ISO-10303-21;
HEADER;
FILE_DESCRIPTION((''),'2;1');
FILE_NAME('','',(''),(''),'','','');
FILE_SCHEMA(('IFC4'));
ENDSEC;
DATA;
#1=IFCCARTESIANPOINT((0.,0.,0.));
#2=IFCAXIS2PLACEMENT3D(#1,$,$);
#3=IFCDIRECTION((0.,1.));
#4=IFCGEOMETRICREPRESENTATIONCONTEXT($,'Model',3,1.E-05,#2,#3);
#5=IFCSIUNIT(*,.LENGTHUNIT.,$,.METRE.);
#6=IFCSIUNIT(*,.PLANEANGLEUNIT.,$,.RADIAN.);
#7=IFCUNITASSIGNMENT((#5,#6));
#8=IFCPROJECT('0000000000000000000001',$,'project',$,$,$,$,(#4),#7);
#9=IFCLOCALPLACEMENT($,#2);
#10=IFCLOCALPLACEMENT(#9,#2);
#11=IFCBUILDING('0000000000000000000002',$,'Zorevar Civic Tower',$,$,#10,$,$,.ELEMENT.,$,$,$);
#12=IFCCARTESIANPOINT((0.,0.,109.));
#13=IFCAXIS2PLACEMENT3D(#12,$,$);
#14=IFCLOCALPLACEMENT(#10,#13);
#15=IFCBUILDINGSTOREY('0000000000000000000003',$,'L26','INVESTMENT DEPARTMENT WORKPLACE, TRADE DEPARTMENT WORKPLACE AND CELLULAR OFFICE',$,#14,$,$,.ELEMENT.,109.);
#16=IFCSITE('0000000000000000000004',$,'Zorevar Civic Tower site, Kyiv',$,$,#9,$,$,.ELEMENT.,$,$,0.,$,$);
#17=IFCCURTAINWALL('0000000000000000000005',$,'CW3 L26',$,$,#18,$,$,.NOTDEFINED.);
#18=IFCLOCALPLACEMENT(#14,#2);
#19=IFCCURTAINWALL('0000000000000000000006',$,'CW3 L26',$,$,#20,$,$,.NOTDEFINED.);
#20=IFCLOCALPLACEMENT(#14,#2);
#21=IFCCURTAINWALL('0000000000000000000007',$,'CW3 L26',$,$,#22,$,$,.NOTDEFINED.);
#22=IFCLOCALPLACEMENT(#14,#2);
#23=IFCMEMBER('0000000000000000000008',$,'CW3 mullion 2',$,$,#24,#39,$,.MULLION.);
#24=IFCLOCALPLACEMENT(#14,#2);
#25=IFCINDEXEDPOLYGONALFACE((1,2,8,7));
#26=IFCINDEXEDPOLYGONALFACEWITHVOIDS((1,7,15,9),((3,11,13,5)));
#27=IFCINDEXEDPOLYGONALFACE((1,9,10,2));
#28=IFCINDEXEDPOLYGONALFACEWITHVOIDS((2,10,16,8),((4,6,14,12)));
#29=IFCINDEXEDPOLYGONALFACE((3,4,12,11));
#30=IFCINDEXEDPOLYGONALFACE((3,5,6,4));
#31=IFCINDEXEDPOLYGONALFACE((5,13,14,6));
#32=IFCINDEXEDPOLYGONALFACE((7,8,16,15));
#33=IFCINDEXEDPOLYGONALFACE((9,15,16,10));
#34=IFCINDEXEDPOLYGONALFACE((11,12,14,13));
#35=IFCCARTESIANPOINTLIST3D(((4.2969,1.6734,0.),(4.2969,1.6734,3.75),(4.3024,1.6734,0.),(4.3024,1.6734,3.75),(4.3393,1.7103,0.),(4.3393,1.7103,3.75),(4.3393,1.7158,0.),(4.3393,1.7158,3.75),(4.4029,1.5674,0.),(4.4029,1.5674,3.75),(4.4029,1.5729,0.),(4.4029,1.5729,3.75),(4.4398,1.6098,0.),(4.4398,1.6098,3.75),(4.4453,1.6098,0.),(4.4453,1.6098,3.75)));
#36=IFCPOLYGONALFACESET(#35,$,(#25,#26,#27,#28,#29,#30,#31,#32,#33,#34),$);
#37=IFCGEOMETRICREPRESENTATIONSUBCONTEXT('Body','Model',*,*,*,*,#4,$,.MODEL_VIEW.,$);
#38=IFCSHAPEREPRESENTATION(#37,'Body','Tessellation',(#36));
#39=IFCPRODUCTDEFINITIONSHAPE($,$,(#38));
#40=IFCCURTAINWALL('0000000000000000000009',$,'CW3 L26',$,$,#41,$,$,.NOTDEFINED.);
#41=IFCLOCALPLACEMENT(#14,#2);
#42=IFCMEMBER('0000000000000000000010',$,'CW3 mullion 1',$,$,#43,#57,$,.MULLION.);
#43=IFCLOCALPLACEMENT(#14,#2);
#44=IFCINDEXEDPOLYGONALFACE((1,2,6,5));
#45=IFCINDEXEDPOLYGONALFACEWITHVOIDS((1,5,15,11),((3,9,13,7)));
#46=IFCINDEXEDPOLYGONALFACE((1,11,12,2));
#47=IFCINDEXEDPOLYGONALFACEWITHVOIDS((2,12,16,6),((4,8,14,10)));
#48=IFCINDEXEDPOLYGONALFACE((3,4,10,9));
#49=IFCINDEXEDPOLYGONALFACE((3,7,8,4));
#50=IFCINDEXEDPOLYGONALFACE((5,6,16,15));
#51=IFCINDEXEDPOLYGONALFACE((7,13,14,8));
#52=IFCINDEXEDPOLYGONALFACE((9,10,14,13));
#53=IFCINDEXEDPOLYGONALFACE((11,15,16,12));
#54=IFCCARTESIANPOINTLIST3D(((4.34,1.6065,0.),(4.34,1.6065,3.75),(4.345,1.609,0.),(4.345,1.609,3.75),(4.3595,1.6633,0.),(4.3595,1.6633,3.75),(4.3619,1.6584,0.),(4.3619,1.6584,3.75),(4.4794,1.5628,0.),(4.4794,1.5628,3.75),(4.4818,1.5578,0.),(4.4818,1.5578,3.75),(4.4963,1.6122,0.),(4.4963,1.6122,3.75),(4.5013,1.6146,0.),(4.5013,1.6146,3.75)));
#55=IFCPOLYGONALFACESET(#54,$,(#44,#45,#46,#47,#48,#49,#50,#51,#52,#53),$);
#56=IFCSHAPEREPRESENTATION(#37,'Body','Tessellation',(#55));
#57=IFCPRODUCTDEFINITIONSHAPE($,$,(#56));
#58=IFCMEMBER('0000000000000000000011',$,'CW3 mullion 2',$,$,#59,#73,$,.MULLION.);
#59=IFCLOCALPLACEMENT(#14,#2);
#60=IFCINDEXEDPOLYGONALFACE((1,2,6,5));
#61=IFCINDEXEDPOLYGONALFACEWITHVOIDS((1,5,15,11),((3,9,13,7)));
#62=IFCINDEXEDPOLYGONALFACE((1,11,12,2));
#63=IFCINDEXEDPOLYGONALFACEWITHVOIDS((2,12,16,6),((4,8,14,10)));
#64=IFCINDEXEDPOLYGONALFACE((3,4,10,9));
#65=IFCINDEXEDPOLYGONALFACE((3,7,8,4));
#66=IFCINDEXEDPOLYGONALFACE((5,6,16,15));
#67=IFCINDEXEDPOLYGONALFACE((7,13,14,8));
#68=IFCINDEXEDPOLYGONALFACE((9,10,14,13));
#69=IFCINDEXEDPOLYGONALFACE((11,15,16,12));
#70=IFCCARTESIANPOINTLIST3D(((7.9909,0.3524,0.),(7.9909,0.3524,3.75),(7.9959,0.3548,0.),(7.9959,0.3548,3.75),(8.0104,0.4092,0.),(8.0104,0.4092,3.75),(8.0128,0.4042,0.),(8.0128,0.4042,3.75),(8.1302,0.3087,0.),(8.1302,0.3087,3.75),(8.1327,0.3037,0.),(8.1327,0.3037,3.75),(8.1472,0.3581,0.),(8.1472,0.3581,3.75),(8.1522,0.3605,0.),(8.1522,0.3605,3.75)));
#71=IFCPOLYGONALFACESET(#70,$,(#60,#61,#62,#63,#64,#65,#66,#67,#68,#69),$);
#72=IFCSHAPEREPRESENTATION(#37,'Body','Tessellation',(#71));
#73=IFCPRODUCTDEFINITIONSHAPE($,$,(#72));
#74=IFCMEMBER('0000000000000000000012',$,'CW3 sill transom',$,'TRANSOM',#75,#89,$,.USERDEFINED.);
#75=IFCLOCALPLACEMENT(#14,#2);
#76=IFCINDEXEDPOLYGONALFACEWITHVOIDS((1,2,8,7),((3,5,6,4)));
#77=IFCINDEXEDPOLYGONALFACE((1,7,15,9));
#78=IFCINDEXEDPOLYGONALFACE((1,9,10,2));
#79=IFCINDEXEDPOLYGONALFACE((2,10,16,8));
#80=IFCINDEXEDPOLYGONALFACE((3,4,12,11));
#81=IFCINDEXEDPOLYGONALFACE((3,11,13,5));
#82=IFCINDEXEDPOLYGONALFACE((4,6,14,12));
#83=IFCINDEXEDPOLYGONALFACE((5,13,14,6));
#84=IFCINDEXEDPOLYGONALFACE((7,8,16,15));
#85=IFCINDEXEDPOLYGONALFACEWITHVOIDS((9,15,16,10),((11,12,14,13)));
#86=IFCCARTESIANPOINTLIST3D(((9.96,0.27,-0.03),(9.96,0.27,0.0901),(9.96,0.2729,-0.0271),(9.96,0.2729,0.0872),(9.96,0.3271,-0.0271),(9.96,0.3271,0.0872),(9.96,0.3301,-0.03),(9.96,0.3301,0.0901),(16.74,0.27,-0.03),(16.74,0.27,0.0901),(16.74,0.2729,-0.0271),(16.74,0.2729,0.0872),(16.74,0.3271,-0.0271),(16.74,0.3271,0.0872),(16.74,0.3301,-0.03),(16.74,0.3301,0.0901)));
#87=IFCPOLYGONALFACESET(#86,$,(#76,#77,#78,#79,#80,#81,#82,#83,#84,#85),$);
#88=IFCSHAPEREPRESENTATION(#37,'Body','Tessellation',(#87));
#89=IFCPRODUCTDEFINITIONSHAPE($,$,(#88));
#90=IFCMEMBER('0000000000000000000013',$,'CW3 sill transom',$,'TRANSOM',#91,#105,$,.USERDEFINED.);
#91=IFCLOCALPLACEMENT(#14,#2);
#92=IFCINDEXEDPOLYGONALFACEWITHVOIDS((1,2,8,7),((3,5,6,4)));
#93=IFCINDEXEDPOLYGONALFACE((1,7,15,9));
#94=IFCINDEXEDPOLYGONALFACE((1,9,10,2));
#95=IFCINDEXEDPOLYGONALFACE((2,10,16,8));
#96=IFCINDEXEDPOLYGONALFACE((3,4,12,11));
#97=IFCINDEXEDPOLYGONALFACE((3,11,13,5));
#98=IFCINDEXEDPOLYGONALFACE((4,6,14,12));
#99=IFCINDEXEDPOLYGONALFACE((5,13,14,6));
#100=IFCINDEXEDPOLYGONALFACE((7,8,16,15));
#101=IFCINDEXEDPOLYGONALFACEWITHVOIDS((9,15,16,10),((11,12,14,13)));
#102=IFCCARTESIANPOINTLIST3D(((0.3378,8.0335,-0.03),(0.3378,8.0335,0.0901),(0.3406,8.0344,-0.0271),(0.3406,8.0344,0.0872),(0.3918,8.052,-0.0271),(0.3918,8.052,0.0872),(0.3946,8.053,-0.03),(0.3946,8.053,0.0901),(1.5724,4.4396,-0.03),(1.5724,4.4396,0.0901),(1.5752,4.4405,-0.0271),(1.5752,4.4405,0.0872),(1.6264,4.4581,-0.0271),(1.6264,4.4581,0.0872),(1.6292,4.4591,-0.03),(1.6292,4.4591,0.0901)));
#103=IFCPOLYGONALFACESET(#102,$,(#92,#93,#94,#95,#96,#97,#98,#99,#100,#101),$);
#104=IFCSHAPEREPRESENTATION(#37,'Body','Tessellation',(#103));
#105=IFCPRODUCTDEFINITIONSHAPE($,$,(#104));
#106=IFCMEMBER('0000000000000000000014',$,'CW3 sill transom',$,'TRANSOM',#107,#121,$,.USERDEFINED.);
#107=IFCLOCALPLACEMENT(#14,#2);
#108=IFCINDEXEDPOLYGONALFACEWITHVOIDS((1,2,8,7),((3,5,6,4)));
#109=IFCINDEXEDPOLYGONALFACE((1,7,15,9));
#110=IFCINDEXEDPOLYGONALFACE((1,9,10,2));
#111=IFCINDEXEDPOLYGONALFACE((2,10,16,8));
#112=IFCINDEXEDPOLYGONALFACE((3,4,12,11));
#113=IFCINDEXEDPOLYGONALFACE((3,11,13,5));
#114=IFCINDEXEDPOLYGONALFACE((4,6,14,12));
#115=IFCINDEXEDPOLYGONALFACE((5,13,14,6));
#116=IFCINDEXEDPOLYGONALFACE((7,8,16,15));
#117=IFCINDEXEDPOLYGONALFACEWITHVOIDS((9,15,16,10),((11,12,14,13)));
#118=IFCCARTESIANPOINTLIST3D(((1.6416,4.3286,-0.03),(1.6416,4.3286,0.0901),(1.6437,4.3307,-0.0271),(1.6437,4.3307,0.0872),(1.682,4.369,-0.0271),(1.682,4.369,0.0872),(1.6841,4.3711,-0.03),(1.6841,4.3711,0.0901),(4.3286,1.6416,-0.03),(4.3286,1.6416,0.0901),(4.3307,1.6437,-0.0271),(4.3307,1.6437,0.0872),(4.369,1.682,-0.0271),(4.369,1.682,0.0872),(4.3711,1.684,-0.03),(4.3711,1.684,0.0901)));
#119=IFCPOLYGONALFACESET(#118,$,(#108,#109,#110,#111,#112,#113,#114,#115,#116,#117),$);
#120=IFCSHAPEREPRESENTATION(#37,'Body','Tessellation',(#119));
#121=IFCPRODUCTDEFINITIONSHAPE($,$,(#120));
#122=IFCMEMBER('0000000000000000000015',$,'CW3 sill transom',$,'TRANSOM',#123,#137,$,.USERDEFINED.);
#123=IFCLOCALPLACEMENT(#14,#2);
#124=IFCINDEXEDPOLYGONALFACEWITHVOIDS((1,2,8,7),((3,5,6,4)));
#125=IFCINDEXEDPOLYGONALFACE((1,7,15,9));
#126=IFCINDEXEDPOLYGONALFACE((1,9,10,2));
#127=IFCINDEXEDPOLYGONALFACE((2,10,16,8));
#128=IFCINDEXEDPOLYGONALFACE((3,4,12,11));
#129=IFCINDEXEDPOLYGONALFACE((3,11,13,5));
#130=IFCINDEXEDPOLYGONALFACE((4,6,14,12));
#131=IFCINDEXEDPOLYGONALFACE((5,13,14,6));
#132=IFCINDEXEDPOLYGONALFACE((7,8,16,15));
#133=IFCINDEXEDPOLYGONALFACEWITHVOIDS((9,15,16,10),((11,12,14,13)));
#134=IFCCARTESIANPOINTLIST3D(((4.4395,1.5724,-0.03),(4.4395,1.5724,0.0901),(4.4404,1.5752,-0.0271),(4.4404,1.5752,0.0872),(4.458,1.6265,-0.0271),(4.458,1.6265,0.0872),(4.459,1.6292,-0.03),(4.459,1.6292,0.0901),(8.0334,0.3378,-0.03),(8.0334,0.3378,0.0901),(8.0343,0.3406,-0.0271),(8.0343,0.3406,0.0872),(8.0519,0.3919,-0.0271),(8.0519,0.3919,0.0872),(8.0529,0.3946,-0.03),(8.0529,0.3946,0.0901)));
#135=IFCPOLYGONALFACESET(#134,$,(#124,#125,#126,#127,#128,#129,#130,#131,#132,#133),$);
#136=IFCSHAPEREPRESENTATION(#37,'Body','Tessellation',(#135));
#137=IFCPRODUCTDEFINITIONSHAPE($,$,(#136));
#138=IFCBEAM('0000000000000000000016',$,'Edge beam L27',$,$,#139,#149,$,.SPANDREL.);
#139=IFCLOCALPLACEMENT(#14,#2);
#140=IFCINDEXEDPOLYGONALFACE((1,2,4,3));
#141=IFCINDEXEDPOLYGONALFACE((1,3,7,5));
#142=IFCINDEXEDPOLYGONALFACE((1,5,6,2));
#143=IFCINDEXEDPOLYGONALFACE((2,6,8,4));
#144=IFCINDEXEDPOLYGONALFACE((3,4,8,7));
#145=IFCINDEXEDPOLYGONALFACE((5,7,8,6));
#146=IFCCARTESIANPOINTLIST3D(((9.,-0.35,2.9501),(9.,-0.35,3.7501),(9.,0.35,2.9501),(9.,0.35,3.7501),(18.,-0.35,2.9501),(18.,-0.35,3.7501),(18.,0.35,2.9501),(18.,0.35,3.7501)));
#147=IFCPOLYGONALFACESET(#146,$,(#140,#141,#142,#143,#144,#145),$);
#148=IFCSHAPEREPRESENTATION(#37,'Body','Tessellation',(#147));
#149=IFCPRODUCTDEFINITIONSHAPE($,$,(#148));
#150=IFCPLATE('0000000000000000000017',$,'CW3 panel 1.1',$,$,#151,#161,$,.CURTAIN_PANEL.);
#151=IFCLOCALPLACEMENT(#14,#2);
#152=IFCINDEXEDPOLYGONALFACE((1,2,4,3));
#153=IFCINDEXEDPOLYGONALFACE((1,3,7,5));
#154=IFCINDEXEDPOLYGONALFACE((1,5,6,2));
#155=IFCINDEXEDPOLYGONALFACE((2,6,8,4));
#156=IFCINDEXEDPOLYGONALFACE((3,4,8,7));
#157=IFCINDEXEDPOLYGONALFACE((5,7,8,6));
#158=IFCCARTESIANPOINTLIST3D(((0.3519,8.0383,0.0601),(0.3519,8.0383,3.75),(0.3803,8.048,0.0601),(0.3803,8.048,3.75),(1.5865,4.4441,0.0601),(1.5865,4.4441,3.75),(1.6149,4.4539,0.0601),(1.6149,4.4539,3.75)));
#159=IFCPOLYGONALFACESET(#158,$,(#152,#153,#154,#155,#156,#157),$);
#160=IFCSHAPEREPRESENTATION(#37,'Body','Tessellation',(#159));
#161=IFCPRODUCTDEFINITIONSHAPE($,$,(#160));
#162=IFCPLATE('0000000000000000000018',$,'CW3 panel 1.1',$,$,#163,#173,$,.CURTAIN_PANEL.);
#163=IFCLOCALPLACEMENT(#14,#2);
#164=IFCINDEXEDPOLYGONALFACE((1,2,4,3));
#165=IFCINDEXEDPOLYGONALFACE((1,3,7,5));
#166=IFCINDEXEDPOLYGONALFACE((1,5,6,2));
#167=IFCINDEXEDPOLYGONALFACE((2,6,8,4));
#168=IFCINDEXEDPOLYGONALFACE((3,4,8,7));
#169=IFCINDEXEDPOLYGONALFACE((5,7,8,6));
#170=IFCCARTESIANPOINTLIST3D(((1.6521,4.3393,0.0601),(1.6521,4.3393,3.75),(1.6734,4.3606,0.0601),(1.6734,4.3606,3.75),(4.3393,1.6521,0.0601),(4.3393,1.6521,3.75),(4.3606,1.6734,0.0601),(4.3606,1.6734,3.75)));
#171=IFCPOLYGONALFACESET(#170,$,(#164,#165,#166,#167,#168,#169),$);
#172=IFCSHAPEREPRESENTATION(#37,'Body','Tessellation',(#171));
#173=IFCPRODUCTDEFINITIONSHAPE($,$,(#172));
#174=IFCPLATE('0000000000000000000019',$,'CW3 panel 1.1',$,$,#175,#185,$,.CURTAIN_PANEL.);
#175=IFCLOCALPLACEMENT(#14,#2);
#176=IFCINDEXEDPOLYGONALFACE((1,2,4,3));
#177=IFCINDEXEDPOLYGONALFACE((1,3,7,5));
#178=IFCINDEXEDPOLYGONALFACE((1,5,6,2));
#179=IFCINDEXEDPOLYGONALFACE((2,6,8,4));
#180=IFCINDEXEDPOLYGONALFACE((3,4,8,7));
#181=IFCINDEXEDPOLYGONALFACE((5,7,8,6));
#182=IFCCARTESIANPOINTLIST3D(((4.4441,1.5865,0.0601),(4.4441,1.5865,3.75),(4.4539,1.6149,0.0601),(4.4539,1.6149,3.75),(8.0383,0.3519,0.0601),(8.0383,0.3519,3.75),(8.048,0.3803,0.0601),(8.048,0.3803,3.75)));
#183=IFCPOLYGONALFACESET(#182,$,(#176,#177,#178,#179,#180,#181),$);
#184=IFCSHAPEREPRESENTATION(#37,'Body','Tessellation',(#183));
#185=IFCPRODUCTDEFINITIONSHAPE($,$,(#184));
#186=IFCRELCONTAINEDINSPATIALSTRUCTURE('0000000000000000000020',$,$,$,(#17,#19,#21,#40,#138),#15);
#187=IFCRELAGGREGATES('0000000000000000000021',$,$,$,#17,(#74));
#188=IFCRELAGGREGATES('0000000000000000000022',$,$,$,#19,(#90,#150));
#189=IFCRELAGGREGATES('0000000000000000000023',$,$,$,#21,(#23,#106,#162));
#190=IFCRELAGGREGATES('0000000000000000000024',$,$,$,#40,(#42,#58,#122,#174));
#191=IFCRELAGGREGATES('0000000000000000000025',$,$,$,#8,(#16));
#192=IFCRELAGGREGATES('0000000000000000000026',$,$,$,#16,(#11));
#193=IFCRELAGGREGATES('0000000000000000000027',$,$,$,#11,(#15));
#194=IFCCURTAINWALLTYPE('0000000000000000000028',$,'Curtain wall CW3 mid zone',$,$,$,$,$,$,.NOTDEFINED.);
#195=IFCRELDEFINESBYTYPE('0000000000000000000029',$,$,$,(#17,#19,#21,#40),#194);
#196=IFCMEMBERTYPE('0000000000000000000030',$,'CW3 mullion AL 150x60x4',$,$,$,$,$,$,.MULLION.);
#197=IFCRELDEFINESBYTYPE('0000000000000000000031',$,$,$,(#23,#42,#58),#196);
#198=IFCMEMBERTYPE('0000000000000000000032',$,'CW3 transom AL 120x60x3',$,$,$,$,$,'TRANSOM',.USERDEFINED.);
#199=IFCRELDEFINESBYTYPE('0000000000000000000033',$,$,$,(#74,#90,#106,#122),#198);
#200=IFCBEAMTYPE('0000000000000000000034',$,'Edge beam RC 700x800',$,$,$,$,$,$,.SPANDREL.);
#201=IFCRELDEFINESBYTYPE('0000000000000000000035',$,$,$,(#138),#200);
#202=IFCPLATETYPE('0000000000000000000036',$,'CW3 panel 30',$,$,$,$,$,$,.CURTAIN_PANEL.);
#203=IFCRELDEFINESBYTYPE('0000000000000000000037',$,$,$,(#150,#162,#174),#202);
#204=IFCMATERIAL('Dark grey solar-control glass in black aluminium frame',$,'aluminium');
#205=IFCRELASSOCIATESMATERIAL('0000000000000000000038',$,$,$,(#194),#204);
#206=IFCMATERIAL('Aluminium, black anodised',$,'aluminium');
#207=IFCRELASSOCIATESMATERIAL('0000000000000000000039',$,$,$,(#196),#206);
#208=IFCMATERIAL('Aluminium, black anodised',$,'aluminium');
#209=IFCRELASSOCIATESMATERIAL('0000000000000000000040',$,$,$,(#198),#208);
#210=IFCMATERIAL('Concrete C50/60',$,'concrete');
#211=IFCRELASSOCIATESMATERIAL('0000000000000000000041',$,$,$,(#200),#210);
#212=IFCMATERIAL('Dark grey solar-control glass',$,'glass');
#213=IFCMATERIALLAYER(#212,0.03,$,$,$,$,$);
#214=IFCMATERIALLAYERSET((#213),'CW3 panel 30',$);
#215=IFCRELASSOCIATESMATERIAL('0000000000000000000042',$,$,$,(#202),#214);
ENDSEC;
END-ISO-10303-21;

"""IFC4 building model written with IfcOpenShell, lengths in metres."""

from ifc_helpers import new_model, si_unit, direction, frame, origin, origin_2d, place, context, subcontext, project, spatial, rectangle, hollow_rectangle, extrude, material, layer, layer_set, material_profile, profile_set, type_object, element, aggregate, save


model = new_model("IFC4")

# Units and contexts
model_context = context("Model", 3, precision=1e-05, world=origin(), true_north=direction((0.0, 1.0)))
body_context = subcontext(model_context, "Body", "Model", "MODEL_VIEW")
ifc_project = project(units=[si_unit("LENGTHUNIT", "METRE"), si_unit("PLANEANGLEUNIT", "RADIAN")], contexts=[model_context])

# Site, building, storey
site_placement = place(None, origin())
site = spatial("IfcSite", under=ifc_project, at=site_placement, Name="Zorevar Civic Tower site, Kyiv", CompositionType="ELEMENT", RefElevation=0.0)
building_placement = place(site_placement, origin())
building = spatial("IfcBuilding", under=site, at=building_placement, Name="Zorevar Civic Tower", CompositionType="ELEMENT")
storey_placement = place(building_placement, frame((0.0, 0.0, 109.0)))
storey = spatial("IfcBuildingStorey", under=building, at=storey_placement, Name="L26", Description="INVESTMENT DEPARTMENT WORKPLACE, TRADE DEPARTMENT WORKPLACE AND CELLULAR OFFICE", CompositionType="ELEMENT", Elevation=109.0)

# Curtain wall
ifc_material_1 = material(Name="Dark grey solar-control glass in black aluminium frame", Category="aluminium")
curtain_wall_type = type_object("IfcCurtainWallType", Name="Curtain wall CW3 mid zone", PredefinedType="NOTDEFINED", material=ifc_material_1)
curtain_wall_1_placement = place(storey_placement, origin())
curtain_wall_1 = element("IfcCurtainWall", 1, at=curtain_wall_1_placement, inside=storey, type_object=curtain_wall_type, Name="CW3 L26", PredefinedType="NOTDEFINED")
ifc_material_2 = material(Name="Aluminium, black anodised", Category="aluminium")
ifc_material_profile_1 = material_profile(ifc_material_2, hollow_rectangle(XDim=0.0601, YDim=0.1499, WallThickness=0.0039, at=origin_2d()), Name="AL 150x60x4")
ifc_profile_set_1 = profile_set([ifc_material_profile_1], Name="Aluminium, black anodised")
member_type_1 = type_object("IfcMemberType", Name="CW3 mullion AL 150x60x4", PredefinedType="MULLION", material=ifc_profile_set_1)

# Curtain walls, members
curtain_wall_2_placement = place(storey_placement, origin())
curtain_wall_2 = element("IfcCurtainWall", 2, at=curtain_wall_2_placement, inside=storey, type_object=curtain_wall_type, Name="CW3 L26", PredefinedType="NOTDEFINED")
curtain_wall_3_placement = place(storey_placement, origin())
curtain_wall_3 = element("IfcCurtainWall", 3, at=curtain_wall_3_placement, inside=storey, type_object=curtain_wall_type, Name="CW3 L26", PredefinedType="NOTDEFINED")
member_1_placement = place(storey_placement, frame((4.3711, 1.6416, 0.0), z_axis=(0.0, 0.0, 1.0), x_axis=(0.707107, 0.707107, 0.0)))
member_1 = element("IfcMember", 4, at=member_1_placement, type_object=member_type_1, Name="CW3 mullion 2", PredefinedType="MULLION", context=body_context, shape_type="SweptSolid", body=[
    extrude(hollow_rectangle(XDim=0.0601, YDim=0.1499, WallThickness=0.0039, at=origin_2d()), origin(), (0.0, 0.0, 1.0), 3.75),
])
curtain_wall_4_placement = place(storey_placement, origin())
curtain_wall_4 = element("IfcCurtainWall", 5, at=curtain_wall_4_placement, inside=storey, type_object=curtain_wall_type, Name="CW3 L26", PredefinedType="NOTDEFINED")
member_2_placement = place(storey_placement, frame((4.4207, 1.6106, 0.0), z_axis=(0.0, 0.0, 1.0), x_axis=(0.324878, 0.945756, 0.0)))
member_2 = element("IfcMember", 6, at=member_2_placement, type_object=member_type_1, Name="CW3 mullion 1", PredefinedType="MULLION", context=body_context, shape_type="SweptSolid", body=[
    extrude(hollow_rectangle(XDim=0.0601, YDim=0.1499, WallThickness=0.0039, at=origin_2d()), origin(), (0.0, 0.0, 1.0), 3.75),
])
member_3_placement = place(storey_placement, frame((8.0715, 0.3564, 0.0), z_axis=(0.0, 0.0, 1.0), x_axis=(0.324878, 0.945756, 0.0)))
member_3 = element("IfcMember", 7, at=member_3_placement, type_object=member_type_1, Name="CW3 mullion 2", PredefinedType="MULLION", context=body_context, shape_type="SweptSolid", body=[
    extrude(hollow_rectangle(XDim=0.0601, YDim=0.1499, WallThickness=0.0039, at=origin_2d()), origin(), (0.0, 0.0, 1.0), 3.75),
])

# Members
ifc_material_3 = material(Name="Aluminium, black anodised", Category="aluminium")
ifc_material_profile_2 = material_profile(ifc_material_3, hollow_rectangle(XDim=0.0601, YDim=0.1201, WallThickness=0.0029, at=origin_2d()), Name="AL 120x60x3")
ifc_profile_set_2 = profile_set([ifc_material_profile_2], Name="Aluminium, black anodised")
member_type_2 = type_object("IfcMemberType", Name="CW3 transom AL 120x60x3", ElementType="TRANSOM", PredefinedType="USERDEFINED", material=ifc_profile_set_2)
member_4_placement = place(storey_placement, frame((9.96, 0.3, 0.03), z_axis=(1.0, 0.0, 0.0), x_axis=(0.0, 1.0, 0.0)))
member_4 = element("IfcMember", 8, at=member_4_placement, type_object=member_type_2, Name="CW3 sill transom", ObjectType="TRANSOM", PredefinedType="USERDEFINED", context=body_context, shape_type="SweptSolid", body=[
    extrude(hollow_rectangle(XDim=0.0601, YDim=0.1201, WallThickness=0.0029, at=origin_2d()), origin(), (0.0, 0.0, 1.0), 6.78),
])
aggregate(curtain_wall_1, [member_4])
member_5_placement = place(storey_placement, frame((0.3662, 8.0432, 0.03), z_axis=(0.324888, -0.945753, 0.0), x_axis=(0.945753, 0.324888, 0.0)))
member_5 = element("IfcMember", 9, at=member_5_placement, type_object=member_type_2, Name="CW3 sill transom", ObjectType="TRANSOM", PredefinedType="USERDEFINED", context=body_context, shape_type="SweptSolid", body=[
    extrude(hollow_rectangle(XDim=0.0601, YDim=0.1201, WallThickness=0.0029, at=origin_2d()), origin(), (0.0, 0.0, 1.0), 3.8),
])
member_6_placement = place(storey_placement, frame((1.6628, 4.3499, 0.03), z_axis=(0.707107, -0.707107, 0.0), x_axis=(0.707107, 0.707107, 0.0)))
member_6 = element("IfcMember", 10, at=member_6_placement, type_object=member_type_2, Name="CW3 sill transom", ObjectType="TRANSOM", PredefinedType="USERDEFINED", context=body_context, shape_type="SweptSolid", body=[
    extrude(hollow_rectangle(XDim=0.0601, YDim=0.1201, WallThickness=0.0029, at=origin_2d()), origin(), (0.0, 0.0, 1.0), 3.8),
])
member_7_placement = place(storey_placement, frame((4.4492, 1.6008, 0.03), z_axis=(0.945753, -0.324888, 0.0), x_axis=(0.324888, 0.945753, 0.0)))
member_7 = element("IfcMember", 11, at=member_7_placement, type_object=member_type_2, Name="CW3 sill transom", ObjectType="TRANSOM", PredefinedType="USERDEFINED", context=body_context, shape_type="SweptSolid", body=[
    extrude(hollow_rectangle(XDim=0.0601, YDim=0.1201, WallThickness=0.0029, at=origin_2d()), origin(), (0.0, 0.0, 1.0), 3.8),
])

# Beam
ifc_material_4 = material(Name="Concrete C50/60", Category="concrete")
ifc_material_profile_3 = material_profile(ifc_material_4, rectangle(XDim=0.7, YDim=0.8, at=origin_2d()), Name="RC 700x800")
ifc_profile_set_3 = profile_set([ifc_material_profile_3], Name="Concrete C50/60")
beam_type_1 = type_object("IfcBeamType", Name="Edge beam RC 700x800", PredefinedType="SPANDREL", material=ifc_profile_set_3)
beam_1_placement = place(storey_placement, frame((9.0, 0.0, 3.3501), z_axis=(1.0, 0.0, 0.0), x_axis=(0.0, 1.0, 0.0)))
element("IfcBeam", 12, at=beam_1_placement, inside=storey, type_object=beam_type_1, Name="Edge beam L27", PredefinedType="SPANDREL", context=body_context, shape_type="SweptSolid", body=[
    extrude(rectangle(XDim=0.7, YDim=0.8, at=origin_2d()), origin(), (0.0, 0.0, 1.0), 9.0),
])

# Plates
ifc_material_5 = material(Name="Dark grey solar-control glass", Category="glass")
ifc_layer_1 = layer(ifc_material_5, 0.03)
ifc_layer_set_1 = layer_set([ifc_layer_1], Name="CW3 panel 30")
plate_type = type_object("IfcPlateType", Name="CW3 panel 30", PredefinedType="CURTAIN_PANEL", material=ifc_layer_set_1)
plate_1_placement = place(storey_placement, frame((0.9834, 6.2461, 0.0601), z_axis=(0.0, 0.0, 1.0), x_axis=(0.324878, -0.945756, 0.0)))
plate_1 = element("IfcPlate", 13, at=plate_1_placement, type_object=plate_type, Name="CW3 panel 1.1", PredefinedType="CURTAIN_PANEL", context=body_context, shape_type="SweptSolid", body=[
    extrude(rectangle(XDim=3.8003, YDim=0.03, at=origin_2d()), origin(), (0.0, 0.0, 1.0), 3.6899),
])
aggregate(curtain_wall_2, [member_5, plate_1])
plate_2_placement = place(storey_placement, frame((3.0063, 3.0063, 0.0601), z_axis=(0.0, 0.0, 1.0), x_axis=(0.707107, -0.707107, 0.0)))
plate_2 = element("IfcPlate", 14, at=plate_2_placement, type_object=plate_type, Name="CW3 panel 1.1", PredefinedType="CURTAIN_PANEL", context=body_context, shape_type="SweptSolid", body=[
    extrude(rectangle(XDim=3.8003, YDim=0.03, at=origin_2d()), origin(), (0.0, 0.0, 1.0), 3.6899),
])
aggregate(curtain_wall_3, [member_1, member_6, plate_2])
plate_3_placement = place(storey_placement, frame((6.2461, 0.9834, 0.0601), z_axis=(0.0, 0.0, 1.0), x_axis=(0.945756, -0.324878, 0.0)))
plate_3 = element("IfcPlate", 15, at=plate_3_placement, type_object=plate_type, Name="CW3 panel 1.1", PredefinedType="CURTAIN_PANEL", context=body_context, shape_type="SweptSolid", body=[
    extrude(rectangle(XDim=3.8003, YDim=0.03, at=origin_2d()), origin(), (0.0, 0.0, 1.0), 3.6899),
])
aggregate(curtain_wall_4, [member_2, member_3, member_7, plate_3])

save(model, "model.ifc")
